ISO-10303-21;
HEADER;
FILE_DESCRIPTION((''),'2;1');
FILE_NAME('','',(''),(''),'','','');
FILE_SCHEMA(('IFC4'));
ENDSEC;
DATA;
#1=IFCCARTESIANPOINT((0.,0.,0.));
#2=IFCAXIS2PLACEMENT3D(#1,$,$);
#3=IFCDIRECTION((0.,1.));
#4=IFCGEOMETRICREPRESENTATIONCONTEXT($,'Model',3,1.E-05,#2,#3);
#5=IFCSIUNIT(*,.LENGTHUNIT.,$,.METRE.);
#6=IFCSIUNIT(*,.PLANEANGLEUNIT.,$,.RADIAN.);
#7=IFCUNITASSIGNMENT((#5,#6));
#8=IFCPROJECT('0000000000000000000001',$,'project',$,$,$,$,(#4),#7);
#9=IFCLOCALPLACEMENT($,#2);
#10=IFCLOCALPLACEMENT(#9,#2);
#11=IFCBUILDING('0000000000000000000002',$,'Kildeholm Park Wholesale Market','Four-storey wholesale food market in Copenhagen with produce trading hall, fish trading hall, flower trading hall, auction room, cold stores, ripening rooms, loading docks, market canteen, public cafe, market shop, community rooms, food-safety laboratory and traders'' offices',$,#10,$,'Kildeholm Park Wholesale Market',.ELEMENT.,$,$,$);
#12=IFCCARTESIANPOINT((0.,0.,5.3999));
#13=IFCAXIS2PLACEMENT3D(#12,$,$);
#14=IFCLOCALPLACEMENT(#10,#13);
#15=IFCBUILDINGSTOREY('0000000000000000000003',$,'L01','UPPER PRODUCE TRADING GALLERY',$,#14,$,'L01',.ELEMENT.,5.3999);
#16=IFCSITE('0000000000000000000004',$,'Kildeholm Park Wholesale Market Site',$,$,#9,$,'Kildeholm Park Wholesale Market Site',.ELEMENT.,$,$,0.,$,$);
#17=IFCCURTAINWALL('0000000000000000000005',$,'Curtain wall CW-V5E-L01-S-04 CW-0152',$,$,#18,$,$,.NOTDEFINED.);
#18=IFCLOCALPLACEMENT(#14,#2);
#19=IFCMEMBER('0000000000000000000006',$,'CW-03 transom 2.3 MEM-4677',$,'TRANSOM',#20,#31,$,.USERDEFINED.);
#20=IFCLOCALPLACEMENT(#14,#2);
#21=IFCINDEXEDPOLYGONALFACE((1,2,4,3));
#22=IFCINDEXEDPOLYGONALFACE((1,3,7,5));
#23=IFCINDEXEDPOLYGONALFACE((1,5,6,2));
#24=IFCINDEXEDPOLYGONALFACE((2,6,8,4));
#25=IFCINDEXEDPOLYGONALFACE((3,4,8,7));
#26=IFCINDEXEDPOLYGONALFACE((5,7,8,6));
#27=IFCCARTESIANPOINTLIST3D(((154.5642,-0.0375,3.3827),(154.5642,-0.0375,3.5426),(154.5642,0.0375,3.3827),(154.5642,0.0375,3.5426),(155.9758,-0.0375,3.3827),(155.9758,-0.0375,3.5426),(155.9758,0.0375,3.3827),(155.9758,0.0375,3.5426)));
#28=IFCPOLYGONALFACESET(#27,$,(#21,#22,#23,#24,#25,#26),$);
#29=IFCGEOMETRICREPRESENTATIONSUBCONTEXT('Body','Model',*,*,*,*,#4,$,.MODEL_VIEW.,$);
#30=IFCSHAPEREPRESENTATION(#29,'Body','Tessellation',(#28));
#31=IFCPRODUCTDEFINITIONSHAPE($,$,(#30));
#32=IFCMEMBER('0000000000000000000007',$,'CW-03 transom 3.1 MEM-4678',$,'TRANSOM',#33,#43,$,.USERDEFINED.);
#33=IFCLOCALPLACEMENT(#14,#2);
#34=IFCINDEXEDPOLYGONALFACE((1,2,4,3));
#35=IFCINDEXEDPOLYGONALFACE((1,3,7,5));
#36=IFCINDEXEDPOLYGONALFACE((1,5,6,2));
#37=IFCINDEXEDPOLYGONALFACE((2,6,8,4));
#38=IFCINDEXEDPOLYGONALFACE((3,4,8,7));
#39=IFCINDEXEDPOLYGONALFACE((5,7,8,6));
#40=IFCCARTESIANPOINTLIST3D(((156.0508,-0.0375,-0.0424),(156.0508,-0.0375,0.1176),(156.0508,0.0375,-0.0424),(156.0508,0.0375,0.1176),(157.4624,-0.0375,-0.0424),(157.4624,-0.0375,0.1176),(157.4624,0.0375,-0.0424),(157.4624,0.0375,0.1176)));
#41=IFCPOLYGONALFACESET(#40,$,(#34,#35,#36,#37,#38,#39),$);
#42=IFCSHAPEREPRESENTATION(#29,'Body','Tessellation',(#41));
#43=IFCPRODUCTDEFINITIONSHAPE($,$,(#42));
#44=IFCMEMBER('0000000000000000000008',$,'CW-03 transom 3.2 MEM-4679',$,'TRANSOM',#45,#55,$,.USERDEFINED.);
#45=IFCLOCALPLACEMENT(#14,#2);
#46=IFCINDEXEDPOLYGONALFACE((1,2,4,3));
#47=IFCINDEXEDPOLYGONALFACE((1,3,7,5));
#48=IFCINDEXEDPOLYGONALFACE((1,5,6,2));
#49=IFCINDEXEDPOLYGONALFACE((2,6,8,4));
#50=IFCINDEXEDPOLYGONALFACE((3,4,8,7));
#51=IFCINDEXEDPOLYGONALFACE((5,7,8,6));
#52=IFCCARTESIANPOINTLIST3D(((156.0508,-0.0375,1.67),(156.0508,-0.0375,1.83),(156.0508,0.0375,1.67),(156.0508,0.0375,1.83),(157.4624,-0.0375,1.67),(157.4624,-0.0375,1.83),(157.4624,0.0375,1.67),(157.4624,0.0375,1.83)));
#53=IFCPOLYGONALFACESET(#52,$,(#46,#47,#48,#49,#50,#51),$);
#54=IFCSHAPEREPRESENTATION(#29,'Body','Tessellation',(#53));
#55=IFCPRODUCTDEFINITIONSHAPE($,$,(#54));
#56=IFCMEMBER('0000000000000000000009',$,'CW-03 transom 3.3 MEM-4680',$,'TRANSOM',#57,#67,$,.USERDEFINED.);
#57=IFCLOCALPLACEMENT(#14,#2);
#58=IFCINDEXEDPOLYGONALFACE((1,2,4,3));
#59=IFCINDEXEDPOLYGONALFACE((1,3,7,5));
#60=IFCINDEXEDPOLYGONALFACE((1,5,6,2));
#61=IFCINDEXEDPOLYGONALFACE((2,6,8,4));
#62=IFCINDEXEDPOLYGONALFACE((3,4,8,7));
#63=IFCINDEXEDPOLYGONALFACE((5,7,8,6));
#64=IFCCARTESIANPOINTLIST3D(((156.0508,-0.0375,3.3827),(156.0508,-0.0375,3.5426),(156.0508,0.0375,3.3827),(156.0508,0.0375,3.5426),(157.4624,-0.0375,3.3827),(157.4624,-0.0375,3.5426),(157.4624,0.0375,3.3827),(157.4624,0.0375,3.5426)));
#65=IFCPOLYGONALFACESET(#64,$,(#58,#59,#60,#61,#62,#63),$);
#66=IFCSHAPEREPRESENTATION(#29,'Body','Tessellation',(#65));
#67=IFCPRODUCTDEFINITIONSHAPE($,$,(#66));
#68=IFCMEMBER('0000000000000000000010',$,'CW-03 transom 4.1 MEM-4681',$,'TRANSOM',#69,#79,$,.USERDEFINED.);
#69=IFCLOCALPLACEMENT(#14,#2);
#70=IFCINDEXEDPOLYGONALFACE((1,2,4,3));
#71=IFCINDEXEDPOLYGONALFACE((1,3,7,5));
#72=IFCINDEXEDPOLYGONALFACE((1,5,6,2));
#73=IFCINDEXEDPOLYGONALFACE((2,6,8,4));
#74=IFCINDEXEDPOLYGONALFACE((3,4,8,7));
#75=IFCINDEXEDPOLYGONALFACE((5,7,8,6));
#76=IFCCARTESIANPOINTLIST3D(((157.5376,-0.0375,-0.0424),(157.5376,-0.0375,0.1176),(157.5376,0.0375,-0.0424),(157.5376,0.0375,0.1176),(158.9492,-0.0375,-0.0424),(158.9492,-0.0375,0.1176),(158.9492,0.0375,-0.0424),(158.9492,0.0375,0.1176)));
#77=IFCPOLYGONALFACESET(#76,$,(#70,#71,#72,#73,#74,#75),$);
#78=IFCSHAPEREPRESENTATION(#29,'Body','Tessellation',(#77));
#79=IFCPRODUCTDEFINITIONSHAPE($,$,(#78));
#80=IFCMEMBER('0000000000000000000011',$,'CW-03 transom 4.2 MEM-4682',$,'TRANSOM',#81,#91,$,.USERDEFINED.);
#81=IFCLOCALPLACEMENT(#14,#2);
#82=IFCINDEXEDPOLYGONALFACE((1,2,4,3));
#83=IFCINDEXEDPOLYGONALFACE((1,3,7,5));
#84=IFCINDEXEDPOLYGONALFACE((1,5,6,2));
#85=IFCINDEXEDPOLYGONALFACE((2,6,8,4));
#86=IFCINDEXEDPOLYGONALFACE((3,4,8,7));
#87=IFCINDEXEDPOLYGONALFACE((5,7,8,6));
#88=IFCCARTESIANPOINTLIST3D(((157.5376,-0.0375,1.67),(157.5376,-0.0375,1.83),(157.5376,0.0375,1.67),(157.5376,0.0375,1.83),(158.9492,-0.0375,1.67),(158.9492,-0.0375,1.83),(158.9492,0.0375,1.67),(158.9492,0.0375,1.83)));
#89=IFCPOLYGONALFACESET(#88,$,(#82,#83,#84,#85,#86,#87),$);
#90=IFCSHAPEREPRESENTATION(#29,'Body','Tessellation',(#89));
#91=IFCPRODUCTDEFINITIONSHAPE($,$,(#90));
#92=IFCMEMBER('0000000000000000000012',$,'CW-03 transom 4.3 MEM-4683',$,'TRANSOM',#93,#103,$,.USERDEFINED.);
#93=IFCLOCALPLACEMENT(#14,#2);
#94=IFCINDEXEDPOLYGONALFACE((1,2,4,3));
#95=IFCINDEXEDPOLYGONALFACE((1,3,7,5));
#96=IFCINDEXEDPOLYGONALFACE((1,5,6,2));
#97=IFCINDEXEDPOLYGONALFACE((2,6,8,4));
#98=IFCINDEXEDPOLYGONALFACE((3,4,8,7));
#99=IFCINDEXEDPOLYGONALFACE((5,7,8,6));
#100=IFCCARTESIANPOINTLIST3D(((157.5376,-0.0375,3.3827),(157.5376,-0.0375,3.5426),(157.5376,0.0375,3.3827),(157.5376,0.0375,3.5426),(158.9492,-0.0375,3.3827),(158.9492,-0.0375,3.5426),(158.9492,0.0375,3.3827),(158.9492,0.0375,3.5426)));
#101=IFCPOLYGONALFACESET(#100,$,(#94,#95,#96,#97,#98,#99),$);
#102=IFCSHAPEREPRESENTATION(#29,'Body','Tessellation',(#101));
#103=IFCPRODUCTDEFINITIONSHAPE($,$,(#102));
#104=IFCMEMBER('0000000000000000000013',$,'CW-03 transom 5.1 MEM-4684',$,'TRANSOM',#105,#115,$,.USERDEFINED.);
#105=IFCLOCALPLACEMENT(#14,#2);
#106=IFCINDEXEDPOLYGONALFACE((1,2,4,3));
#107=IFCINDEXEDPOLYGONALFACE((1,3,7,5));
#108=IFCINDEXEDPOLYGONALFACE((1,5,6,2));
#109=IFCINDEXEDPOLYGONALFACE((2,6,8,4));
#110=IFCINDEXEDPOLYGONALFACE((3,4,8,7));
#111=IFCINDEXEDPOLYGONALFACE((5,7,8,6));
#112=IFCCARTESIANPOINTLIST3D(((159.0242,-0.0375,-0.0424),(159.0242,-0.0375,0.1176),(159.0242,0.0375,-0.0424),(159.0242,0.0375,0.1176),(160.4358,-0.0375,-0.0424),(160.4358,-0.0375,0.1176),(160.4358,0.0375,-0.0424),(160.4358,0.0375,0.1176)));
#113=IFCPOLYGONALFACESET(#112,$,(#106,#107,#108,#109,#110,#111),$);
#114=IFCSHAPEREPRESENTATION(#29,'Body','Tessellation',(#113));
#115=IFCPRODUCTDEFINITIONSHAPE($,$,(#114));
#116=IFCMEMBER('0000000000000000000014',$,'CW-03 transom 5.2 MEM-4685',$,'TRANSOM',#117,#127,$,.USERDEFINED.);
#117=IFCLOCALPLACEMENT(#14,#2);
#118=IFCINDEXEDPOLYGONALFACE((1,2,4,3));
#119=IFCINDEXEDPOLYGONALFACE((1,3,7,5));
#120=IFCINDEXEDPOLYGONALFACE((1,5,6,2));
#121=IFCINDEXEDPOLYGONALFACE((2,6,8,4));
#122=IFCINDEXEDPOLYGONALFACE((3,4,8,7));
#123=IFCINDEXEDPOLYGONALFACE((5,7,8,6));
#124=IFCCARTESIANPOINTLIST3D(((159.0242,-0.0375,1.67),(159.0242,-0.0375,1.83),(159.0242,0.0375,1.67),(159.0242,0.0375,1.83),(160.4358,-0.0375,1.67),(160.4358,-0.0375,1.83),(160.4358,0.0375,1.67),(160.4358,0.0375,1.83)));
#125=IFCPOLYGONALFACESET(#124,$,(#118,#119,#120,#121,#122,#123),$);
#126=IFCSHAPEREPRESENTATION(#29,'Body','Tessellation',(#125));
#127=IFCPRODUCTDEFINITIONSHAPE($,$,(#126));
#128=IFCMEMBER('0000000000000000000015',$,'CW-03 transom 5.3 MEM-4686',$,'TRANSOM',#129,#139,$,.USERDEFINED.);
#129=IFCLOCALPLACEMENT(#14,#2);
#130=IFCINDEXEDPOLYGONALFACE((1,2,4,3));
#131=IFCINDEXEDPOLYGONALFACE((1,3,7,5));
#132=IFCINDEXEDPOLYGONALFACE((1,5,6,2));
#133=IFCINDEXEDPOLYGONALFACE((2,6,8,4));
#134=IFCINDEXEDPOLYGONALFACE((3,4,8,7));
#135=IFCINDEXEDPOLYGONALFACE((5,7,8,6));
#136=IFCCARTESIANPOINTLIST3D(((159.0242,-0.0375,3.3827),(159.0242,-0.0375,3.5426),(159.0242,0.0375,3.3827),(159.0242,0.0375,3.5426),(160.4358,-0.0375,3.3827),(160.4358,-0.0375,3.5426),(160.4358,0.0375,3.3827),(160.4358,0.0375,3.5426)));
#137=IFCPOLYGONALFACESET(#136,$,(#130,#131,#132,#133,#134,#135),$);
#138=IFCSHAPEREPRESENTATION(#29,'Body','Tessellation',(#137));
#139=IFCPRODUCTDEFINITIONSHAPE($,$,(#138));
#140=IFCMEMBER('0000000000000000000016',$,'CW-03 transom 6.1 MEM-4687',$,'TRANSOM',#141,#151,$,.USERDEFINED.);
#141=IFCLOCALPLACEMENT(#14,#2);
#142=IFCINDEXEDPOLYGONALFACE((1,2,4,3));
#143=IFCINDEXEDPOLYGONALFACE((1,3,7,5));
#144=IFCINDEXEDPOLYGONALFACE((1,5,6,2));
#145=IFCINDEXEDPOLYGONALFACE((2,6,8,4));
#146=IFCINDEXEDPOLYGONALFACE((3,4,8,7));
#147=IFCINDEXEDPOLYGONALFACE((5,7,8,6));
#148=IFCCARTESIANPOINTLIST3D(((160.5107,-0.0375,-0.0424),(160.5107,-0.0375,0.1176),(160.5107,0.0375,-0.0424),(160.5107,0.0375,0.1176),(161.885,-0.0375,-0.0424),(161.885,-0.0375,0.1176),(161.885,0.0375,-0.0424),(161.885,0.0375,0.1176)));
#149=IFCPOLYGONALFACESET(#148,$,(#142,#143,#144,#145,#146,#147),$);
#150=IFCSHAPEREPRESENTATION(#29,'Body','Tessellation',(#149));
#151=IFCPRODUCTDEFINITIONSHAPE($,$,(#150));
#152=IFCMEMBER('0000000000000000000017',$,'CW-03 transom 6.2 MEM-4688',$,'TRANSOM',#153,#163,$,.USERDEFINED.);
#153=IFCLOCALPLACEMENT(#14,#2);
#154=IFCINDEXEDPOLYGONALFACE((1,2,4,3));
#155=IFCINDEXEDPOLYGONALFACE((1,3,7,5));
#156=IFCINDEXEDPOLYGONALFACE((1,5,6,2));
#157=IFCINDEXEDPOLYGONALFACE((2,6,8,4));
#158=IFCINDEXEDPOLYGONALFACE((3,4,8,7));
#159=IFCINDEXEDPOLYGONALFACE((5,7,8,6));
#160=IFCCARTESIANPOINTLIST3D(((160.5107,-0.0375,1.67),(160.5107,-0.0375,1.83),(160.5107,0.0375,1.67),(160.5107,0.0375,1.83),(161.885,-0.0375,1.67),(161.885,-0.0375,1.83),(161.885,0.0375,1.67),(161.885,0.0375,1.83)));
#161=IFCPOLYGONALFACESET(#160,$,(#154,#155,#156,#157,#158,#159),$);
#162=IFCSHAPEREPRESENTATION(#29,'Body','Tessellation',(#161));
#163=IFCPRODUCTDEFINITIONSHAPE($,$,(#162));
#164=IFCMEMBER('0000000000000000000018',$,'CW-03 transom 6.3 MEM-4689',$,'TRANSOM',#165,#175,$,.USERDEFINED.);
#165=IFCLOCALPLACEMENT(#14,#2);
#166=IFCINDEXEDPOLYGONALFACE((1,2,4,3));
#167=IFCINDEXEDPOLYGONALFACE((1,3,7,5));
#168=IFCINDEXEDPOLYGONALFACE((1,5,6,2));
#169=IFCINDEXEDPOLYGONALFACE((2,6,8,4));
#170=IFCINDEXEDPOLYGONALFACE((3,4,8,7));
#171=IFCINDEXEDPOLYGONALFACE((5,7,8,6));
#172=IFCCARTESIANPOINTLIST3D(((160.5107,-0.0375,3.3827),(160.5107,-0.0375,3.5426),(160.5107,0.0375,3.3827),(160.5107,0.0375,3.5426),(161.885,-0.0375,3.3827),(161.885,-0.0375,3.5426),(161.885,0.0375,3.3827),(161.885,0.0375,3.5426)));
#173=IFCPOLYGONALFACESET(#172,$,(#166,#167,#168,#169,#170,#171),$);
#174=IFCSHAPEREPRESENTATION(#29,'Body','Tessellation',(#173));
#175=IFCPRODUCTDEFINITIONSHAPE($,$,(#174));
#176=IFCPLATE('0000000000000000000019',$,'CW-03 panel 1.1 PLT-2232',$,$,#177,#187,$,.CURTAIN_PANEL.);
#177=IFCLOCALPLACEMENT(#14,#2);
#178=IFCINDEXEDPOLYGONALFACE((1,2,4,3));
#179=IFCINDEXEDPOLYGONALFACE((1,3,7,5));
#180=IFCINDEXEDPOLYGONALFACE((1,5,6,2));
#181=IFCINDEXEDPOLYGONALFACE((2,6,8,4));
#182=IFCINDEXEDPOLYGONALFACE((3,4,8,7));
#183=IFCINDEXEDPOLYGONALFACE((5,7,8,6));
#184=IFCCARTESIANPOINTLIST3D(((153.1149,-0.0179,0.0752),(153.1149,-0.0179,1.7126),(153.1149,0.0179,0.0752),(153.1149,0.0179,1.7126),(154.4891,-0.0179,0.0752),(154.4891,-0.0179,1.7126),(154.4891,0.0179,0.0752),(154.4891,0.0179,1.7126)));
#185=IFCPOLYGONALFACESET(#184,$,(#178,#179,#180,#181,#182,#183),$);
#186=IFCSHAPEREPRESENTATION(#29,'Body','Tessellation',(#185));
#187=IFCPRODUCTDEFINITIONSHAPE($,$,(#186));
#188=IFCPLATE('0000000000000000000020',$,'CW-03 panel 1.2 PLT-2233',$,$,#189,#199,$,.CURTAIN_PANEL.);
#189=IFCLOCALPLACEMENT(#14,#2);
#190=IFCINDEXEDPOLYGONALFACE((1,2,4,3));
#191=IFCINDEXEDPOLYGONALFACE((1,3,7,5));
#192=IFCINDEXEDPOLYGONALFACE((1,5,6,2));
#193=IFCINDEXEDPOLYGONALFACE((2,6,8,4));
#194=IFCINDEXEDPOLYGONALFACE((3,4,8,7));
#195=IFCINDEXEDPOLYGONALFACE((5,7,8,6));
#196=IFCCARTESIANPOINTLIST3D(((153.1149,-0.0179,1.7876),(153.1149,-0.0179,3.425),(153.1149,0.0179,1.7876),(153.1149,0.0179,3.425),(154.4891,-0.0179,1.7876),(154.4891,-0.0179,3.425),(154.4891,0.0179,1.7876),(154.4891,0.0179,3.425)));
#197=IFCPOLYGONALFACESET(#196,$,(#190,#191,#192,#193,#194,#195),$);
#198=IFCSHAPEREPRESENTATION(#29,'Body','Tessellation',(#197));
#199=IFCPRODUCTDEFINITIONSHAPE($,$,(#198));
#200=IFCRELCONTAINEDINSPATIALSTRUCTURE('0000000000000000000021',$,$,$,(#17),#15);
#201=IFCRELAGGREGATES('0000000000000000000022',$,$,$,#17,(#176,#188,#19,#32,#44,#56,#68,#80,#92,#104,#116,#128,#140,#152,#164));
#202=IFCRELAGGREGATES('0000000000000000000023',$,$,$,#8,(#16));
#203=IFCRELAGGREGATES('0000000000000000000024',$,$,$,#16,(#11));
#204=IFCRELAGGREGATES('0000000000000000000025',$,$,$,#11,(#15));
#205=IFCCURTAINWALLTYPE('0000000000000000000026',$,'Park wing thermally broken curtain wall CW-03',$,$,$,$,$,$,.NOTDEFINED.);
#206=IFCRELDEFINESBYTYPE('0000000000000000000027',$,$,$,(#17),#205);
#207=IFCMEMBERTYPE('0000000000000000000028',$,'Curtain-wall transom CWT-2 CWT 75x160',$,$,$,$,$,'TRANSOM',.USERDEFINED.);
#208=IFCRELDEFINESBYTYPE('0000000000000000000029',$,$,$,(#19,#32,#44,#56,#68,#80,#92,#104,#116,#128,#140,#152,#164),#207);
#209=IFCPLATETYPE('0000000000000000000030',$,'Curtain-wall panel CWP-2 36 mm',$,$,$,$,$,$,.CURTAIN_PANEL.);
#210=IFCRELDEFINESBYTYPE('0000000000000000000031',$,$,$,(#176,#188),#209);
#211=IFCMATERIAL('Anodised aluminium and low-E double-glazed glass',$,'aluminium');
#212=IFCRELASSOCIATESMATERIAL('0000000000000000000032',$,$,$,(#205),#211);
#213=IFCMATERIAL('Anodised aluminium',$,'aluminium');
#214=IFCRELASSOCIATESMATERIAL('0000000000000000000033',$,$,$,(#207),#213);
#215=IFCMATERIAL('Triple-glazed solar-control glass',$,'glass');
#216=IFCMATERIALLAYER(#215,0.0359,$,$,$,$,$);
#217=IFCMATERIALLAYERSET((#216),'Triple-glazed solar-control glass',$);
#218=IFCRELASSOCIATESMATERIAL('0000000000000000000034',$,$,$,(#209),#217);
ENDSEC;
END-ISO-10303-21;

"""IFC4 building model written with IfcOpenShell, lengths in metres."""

from ifc_helpers import new_model, si_unit, direction, frame, origin, origin_2d, place, context, subcontext, project, spatial, rectangle, extrude, material, layer, layer_set, material_profile, profile_set, type_object, element, aggregate, save


model = new_model("IFC4")

# Units and contexts
model_context = context("Model", 3, precision=1e-05, world=origin(), true_north=direction((0.0, 1.0)))
body_context = subcontext(model_context, "Body", "Model", "MODEL_VIEW")
ifc_project = project(units=[si_unit("LENGTHUNIT", "METRE"), si_unit("PLANEANGLEUNIT", "RADIAN")], contexts=[model_context])

# Site, building, storey
site_placement = place(None, origin())
site = spatial("IfcSite", under=ifc_project, at=site_placement, Name="Kildeholm Park Wholesale Market Site", LongName="Kildeholm Park Wholesale Market Site", CompositionType="ELEMENT", RefElevation=0.0)
building_placement = place(site_placement, origin())
building = spatial("IfcBuilding", under=site, at=building_placement, Name="Kildeholm Park Wholesale Market", Description="Four-storey wholesale food market in Copenhagen with produce trading hall, fish trading hall, flower trading hall, auction room, cold stores, ripening rooms, loading docks, market canteen, public cafe, market shop, community rooms, food-safety laboratory and traders' offices", LongName="Kildeholm Park Wholesale Market", CompositionType="ELEMENT")
storey_placement = place(building_placement, frame((0.0, 0.0, 5.3999)))
storey = spatial("IfcBuildingStorey", under=building, at=storey_placement, Name="L01", Description="UPPER PRODUCE TRADING GALLERY", LongName="L01", CompositionType="ELEMENT", Elevation=5.3999)

# Curtain wall, members, plates
ifc_material_1 = material(Name="Anodised aluminium and low-E double-glazed glass", Category="aluminium")
curtain_wall_type = type_object("IfcCurtainWallType", Name="Park wing thermally broken curtain wall CW-03", PredefinedType="NOTDEFINED", material=ifc_material_1)
curtain_wall_placement = place(storey_placement, origin())
curtain_wall = element("IfcCurtainWall", 1, at=curtain_wall_placement, inside=storey, type_object=curtain_wall_type, Name="Curtain wall CW-V5E-L01-S-04 CW-0152", PredefinedType="NOTDEFINED")
ifc_material_2 = material(Name="Anodised aluminium", Category="aluminium")
ifc_material_profile_1 = material_profile(ifc_material_2, rectangle(XDim=0.075, YDim=0.1599, at=origin_2d()), Name="CWT 75x160")
ifc_profile_set_1 = profile_set([ifc_material_profile_1], Name="Anodised aluminium")
member_type_1 = type_object("IfcMemberType", Name="Curtain-wall transom CWT-2 CWT 75x160", ElementType="TRANSOM", PredefinedType="USERDEFINED", material=ifc_profile_set_1)
member_1_placement = place(storey_placement, frame((154.5642, 0.0, 3.4626), z_axis=(1.0, 0.0, 0.0), x_axis=(0.0, 1.0, 0.0)))
member_1 = element("IfcMember", 2, at=member_1_placement, type_object=member_type_1, Name="CW-03 transom 2.3 MEM-4677", ObjectType="TRANSOM", PredefinedType="USERDEFINED", context=body_context, shape_type="SweptSolid", body=[
    extrude(rectangle(XDim=0.075, YDim=0.1599, at=origin_2d()), origin(), (0.0, 0.0, 1.0), 1.4116),
])
member_2_placement = place(storey_placement, frame((156.0508, 0.0, 0.0376), z_axis=(1.0, 0.0, 0.0), x_axis=(0.0, 1.0, 0.0)))
member_2 = element("IfcMember", 3, at=member_2_placement, type_object=member_type_1, Name="CW-03 transom 3.1 MEM-4678", ObjectType="TRANSOM", PredefinedType="USERDEFINED", context=body_context, shape_type="SweptSolid", body=[
    extrude(rectangle(XDim=0.075, YDim=0.1599, at=origin_2d()), origin(), (0.0, 0.0, 1.0), 1.4116),
])
member_3_placement = place(storey_placement, frame((156.0508, 0.0, 1.75), z_axis=(1.0, 0.0, 0.0), x_axis=(0.0, 1.0, 0.0)))
member_3 = element("IfcMember", 4, at=member_3_placement, type_object=member_type_1, Name="CW-03 transom 3.2 MEM-4679", ObjectType="TRANSOM", PredefinedType="USERDEFINED", context=body_context, shape_type="SweptSolid", body=[
    extrude(rectangle(XDim=0.075, YDim=0.1599, at=origin_2d()), origin(), (0.0, 0.0, 1.0), 1.4116),
])
member_4_placement = place(storey_placement, frame((156.0508, 0.0, 3.4626), z_axis=(1.0, 0.0, 0.0), x_axis=(0.0, 1.0, 0.0)))
member_4 = element("IfcMember", 5, at=member_4_placement, type_object=member_type_1, Name="CW-03 transom 3.3 MEM-4680", ObjectType="TRANSOM", PredefinedType="USERDEFINED", context=body_context, shape_type="SweptSolid", body=[
    extrude(rectangle(XDim=0.075, YDim=0.1599, at=origin_2d()), origin(), (0.0, 0.0, 1.0), 1.4116),
])
member_5_placement = place(storey_placement, frame((157.5376, 0.0, 0.0376), z_axis=(1.0, 0.0, 0.0), x_axis=(0.0, 1.0, 0.0)))
member_5 = element("IfcMember", 6, at=member_5_placement, type_object=member_type_1, Name="CW-03 transom 4.1 MEM-4681", ObjectType="TRANSOM", PredefinedType="USERDEFINED", context=body_context, shape_type="SweptSolid", body=[
    extrude(rectangle(XDim=0.075, YDim=0.1599, at=origin_2d()), origin(), (0.0, 0.0, 1.0), 1.4116),
])
member_6_placement = place(storey_placement, frame((157.5376, 0.0, 1.75), z_axis=(1.0, 0.0, 0.0), x_axis=(0.0, 1.0, 0.0)))
member_6 = element("IfcMember", 7, at=member_6_placement, type_object=member_type_1, Name="CW-03 transom 4.2 MEM-4682", ObjectType="TRANSOM", PredefinedType="USERDEFINED", context=body_context, shape_type="SweptSolid", body=[
    extrude(rectangle(XDim=0.075, YDim=0.1599, at=origin_2d()), origin(), (0.0, 0.0, 1.0), 1.4116),
])
member_7_placement = place(storey_placement, frame((157.5376, 0.0, 3.4626), z_axis=(1.0, 0.0, 0.0), x_axis=(0.0, 1.0, 0.0)))
member_7 = element("IfcMember", 8, at=member_7_placement, type_object=member_type_1, Name="CW-03 transom 4.3 MEM-4683", ObjectType="TRANSOM", PredefinedType="USERDEFINED", context=body_context, shape_type="SweptSolid", body=[
    extrude(rectangle(XDim=0.075, YDim=0.1599, at=origin_2d()), origin(), (0.0, 0.0, 1.0), 1.4116),
])
member_8_placement = place(storey_placement, frame((159.0242, 0.0, 0.0376), z_axis=(1.0, 0.0, 0.0), x_axis=(0.0, 1.0, 0.0)))
member_8 = element("IfcMember", 9, at=member_8_placement, type_object=member_type_1, Name="CW-03 transom 5.1 MEM-4684", ObjectType="TRANSOM", PredefinedType="USERDEFINED", context=body_context, shape_type="SweptSolid", body=[
    extrude(rectangle(XDim=0.075, YDim=0.1599, at=origin_2d()), origin(), (0.0, 0.0, 1.0), 1.4116),
])
member_9_placement = place(storey_placement, frame((159.0242, 0.0, 1.75), z_axis=(1.0, 0.0, 0.0), x_axis=(0.0, 1.0, 0.0)))
member_9 = element("IfcMember", 10, at=member_9_placement, type_object=member_type_1, Name="CW-03 transom 5.2 MEM-4685", ObjectType="TRANSOM", PredefinedType="USERDEFINED", context=body_context, shape_type="SweptSolid", body=[
    extrude(rectangle(XDim=0.075, YDim=0.1599, at=origin_2d()), origin(), (0.0, 0.0, 1.0), 1.4116),
])
member_10_placement = place(storey_placement, frame((159.0242, 0.0, 3.4626), z_axis=(1.0, 0.0, 0.0), x_axis=(0.0, 1.0, 0.0)))
member_10 = element("IfcMember", 11, at=member_10_placement, type_object=member_type_1, Name="CW-03 transom 5.3 MEM-4686", ObjectType="TRANSOM", PredefinedType="USERDEFINED", context=body_context, shape_type="SweptSolid", body=[
    extrude(rectangle(XDim=0.075, YDim=0.1599, at=origin_2d()), origin(), (0.0, 0.0, 1.0), 1.4116),
])
member_11_placement = place(storey_placement, frame((160.5107, 0.0, 0.0376), z_axis=(1.0, 0.0, 0.0), x_axis=(0.0, 1.0, 0.0)))
member_11 = element("IfcMember", 12, at=member_11_placement, type_object=member_type_1, Name="CW-03 transom 6.1 MEM-4687", ObjectType="TRANSOM", PredefinedType="USERDEFINED", context=body_context, shape_type="SweptSolid", body=[
    extrude(rectangle(XDim=0.075, YDim=0.1599, at=origin_2d()), origin(), (0.0, 0.0, 1.0), 1.3743),
])
member_12_placement = place(storey_placement, frame((160.5107, 0.0, 1.75), z_axis=(1.0, 0.0, 0.0), x_axis=(0.0, 1.0, 0.0)))
member_12 = element("IfcMember", 13, at=member_12_placement, type_object=member_type_1, Name="CW-03 transom 6.2 MEM-4688", ObjectType="TRANSOM", PredefinedType="USERDEFINED", context=body_context, shape_type="SweptSolid", body=[
    extrude(rectangle(XDim=0.075, YDim=0.1599, at=origin_2d()), origin(), (0.0, 0.0, 1.0), 1.3743),
])
member_13_placement = place(storey_placement, frame((160.5107, 0.0, 3.4626), z_axis=(1.0, 0.0, 0.0), x_axis=(0.0, 1.0, 0.0)))
member_13 = element("IfcMember", 14, at=member_13_placement, type_object=member_type_1, Name="CW-03 transom 6.3 MEM-4689", ObjectType="TRANSOM", PredefinedType="USERDEFINED", context=body_context, shape_type="SweptSolid", body=[
    extrude(rectangle(XDim=0.075, YDim=0.1599, at=origin_2d()), origin(), (0.0, 0.0, 1.0), 1.3743),
])
ifc_material_3 = material(Name="Triple-glazed solar-control glass", Category="glass")
ifc_layer_1 = layer(ifc_material_3, 0.0359)
ifc_layer_set_1 = layer_set([ifc_layer_1], Name="Triple-glazed solar-control glass")
plate_type = type_object("IfcPlateType", Name="Curtain-wall panel CWP-2 36 mm", PredefinedType="CURTAIN_PANEL", material=ifc_layer_set_1)
plate_1_placement = place(storey_placement, frame((153.802, 0.0, 0.0752), z_axis=(0.0, 0.0, 1.0), x_axis=(1.0, 0.0, 0.0)))
plate_1 = element("IfcPlate", 15, at=plate_1_placement, type_object=plate_type, Name="CW-03 panel 1.1 PLT-2232", PredefinedType="CURTAIN_PANEL", context=body_context, shape_type="SweptSolid", body=[
    extrude(rectangle(XDim=1.3743, YDim=0.0359, at=origin_2d()), origin(), (0.0, 0.0, 1.0), 1.6375),
])
plate_2_placement = place(storey_placement, frame((153.802, 0.0, 1.7876), z_axis=(0.0, 0.0, 1.0), x_axis=(1.0, 0.0, 0.0)))
plate_2 = element("IfcPlate", 16, at=plate_2_placement, type_object=plate_type, Name="CW-03 panel 1.2 PLT-2233", PredefinedType="CURTAIN_PANEL", context=body_context, shape_type="SweptSolid", body=[
    extrude(rectangle(XDim=1.3743, YDim=0.0359, at=origin_2d()), origin(), (0.0, 0.0, 1.0), 1.6375),
])
aggregate(curtain_wall, [plate_1, plate_2, member_1, member_2, member_3, member_4, member_5, member_6, member_7, member_8, member_9, member_10, member_11, member_12, member_13])

save(model, "model.ifc")
